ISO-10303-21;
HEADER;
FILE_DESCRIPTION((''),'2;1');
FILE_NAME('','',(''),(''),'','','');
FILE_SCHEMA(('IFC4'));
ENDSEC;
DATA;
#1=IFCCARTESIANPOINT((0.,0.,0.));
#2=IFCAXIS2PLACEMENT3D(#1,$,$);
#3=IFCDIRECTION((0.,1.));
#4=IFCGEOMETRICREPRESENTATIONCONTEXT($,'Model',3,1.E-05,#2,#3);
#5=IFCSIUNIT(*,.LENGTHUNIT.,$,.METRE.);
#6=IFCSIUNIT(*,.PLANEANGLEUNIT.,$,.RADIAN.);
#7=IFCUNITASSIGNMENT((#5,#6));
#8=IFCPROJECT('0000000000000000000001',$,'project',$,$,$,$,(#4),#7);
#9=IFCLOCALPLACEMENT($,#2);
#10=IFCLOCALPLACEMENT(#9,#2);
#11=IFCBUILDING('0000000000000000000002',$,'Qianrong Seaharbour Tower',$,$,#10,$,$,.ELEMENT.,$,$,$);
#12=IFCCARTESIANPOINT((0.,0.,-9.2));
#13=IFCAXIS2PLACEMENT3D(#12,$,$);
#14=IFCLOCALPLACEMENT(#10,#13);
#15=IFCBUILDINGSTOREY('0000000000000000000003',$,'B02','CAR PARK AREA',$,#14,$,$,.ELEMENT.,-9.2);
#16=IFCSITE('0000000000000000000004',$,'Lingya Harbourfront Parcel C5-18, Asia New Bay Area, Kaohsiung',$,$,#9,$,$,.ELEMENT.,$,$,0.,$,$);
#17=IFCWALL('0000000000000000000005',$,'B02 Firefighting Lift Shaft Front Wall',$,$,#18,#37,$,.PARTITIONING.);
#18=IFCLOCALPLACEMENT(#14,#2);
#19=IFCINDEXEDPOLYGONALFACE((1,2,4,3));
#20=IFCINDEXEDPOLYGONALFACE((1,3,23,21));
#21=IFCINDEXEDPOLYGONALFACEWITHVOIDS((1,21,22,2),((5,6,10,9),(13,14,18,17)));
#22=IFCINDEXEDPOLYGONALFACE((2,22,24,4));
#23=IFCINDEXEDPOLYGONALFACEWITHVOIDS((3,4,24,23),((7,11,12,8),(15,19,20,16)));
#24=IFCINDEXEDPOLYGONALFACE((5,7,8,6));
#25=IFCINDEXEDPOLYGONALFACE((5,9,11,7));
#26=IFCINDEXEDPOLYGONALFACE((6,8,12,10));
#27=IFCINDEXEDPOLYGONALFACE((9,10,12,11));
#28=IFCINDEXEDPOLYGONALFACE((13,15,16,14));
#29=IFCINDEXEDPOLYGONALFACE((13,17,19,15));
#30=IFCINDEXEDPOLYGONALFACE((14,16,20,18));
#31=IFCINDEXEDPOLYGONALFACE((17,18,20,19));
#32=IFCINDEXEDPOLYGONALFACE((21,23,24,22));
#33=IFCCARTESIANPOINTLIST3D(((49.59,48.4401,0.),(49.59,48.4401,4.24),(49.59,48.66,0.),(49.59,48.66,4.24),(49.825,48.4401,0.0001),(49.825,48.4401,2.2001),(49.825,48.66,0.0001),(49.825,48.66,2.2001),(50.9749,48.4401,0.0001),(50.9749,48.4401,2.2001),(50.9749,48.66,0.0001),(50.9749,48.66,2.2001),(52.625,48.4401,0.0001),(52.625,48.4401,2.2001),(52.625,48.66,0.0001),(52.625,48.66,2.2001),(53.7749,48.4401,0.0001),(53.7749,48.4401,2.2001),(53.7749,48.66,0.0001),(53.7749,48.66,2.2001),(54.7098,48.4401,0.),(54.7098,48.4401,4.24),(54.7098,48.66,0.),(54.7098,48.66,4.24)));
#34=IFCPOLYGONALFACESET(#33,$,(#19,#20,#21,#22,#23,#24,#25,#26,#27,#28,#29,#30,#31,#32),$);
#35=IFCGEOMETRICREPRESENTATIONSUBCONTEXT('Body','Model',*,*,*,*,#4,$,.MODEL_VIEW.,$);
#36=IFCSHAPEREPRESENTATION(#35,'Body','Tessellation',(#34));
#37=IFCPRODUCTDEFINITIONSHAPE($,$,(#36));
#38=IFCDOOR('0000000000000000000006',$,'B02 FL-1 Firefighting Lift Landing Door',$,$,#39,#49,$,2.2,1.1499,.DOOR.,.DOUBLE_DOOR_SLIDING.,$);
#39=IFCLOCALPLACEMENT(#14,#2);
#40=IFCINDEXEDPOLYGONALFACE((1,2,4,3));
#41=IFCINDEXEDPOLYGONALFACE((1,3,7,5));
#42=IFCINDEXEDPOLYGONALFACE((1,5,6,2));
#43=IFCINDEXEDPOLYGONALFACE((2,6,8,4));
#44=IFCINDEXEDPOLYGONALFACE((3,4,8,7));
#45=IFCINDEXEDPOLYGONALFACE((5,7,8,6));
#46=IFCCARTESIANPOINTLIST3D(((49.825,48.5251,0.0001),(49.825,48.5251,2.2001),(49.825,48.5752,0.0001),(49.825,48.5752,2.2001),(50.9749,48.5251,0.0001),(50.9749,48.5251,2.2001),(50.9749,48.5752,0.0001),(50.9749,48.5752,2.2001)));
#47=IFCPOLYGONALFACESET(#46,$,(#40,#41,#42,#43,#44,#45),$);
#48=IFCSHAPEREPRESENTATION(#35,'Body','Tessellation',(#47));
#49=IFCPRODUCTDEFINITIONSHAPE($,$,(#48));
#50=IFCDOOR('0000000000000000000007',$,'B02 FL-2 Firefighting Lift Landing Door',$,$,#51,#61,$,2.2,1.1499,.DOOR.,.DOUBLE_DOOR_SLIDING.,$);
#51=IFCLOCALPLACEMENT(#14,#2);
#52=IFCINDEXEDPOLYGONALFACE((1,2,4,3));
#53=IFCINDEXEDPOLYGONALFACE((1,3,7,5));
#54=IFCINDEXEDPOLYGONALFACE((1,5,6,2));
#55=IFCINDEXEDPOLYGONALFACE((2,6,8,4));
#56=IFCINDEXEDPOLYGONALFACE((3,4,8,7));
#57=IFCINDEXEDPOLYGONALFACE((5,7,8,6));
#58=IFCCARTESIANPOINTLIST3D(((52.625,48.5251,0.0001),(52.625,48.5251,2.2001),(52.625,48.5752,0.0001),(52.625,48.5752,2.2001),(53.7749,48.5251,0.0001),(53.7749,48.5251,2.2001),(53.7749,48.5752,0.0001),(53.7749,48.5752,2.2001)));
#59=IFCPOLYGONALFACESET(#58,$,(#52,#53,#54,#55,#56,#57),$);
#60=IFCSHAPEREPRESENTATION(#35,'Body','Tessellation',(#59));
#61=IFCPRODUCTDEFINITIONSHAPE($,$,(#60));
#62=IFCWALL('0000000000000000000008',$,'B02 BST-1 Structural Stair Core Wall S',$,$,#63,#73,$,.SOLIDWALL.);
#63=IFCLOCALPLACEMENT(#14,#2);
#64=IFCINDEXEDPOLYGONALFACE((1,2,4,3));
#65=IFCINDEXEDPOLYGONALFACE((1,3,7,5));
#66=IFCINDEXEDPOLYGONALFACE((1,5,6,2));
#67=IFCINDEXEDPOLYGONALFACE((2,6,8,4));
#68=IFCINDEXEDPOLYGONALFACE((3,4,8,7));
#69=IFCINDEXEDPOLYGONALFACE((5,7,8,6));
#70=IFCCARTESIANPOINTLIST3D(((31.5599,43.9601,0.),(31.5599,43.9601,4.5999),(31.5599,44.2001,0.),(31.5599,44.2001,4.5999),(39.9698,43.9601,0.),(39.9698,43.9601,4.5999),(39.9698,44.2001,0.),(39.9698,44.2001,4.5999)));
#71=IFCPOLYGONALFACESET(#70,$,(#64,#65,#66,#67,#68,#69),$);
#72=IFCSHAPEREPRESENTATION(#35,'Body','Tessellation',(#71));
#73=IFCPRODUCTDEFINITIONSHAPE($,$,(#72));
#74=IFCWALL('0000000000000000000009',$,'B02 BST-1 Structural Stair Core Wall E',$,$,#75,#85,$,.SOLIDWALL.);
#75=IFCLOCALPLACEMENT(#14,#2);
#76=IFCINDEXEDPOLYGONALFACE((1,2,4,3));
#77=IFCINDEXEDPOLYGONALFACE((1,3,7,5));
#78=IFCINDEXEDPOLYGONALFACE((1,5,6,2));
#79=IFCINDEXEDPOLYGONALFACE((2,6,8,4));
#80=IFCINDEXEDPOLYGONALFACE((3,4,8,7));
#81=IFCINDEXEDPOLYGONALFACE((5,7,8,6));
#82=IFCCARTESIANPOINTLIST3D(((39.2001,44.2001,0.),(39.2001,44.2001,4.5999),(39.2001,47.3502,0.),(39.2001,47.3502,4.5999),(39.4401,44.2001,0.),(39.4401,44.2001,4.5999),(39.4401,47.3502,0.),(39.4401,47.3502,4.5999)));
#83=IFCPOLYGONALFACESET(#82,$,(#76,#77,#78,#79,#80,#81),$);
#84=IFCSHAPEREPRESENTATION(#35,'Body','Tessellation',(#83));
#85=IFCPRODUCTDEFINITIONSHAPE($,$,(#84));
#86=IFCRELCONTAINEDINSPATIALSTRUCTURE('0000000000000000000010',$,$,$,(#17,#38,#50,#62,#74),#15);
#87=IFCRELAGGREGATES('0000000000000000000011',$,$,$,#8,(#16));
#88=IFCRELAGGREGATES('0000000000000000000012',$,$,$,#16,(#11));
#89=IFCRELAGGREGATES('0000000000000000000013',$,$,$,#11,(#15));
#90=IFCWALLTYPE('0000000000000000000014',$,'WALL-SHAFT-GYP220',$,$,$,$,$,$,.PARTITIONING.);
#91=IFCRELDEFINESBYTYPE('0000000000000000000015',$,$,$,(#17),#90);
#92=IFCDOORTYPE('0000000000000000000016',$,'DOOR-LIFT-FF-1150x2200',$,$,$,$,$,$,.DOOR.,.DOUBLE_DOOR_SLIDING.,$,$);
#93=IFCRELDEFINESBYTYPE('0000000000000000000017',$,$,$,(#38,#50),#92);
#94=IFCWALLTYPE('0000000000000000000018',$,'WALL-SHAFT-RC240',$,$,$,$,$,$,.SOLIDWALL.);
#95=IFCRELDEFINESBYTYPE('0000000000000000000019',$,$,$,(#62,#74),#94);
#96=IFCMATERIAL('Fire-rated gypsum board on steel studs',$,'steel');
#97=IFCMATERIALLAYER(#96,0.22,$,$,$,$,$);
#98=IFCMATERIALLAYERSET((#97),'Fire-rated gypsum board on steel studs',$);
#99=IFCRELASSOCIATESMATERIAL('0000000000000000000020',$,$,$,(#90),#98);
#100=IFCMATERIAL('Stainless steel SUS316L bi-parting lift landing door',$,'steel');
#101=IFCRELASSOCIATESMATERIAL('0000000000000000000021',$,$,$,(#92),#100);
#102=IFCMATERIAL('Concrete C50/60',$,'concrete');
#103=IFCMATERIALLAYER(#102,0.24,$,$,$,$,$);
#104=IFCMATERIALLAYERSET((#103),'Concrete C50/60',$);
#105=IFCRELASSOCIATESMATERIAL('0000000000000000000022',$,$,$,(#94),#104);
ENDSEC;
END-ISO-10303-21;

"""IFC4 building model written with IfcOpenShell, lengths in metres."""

from ifc_helpers import new_model, si_unit, direction, frame, frame_2d, origin, place, context, subcontext, project, spatial, rectangle, extrude, material, layer, layer_set, type_object, element, fill, save


model = new_model("IFC4")

# Units and contexts
model_context = context("Model", 3, precision=1e-05, world=origin(), true_north=direction((0.0, 1.0)))
body_context = subcontext(model_context, "Body", "Model", "MODEL_VIEW")
ifc_project = project(units=[si_unit("LENGTHUNIT", "METRE"), si_unit("PLANEANGLEUNIT", "RADIAN")], contexts=[model_context])

# Site, building, storey
site_placement = place(None, origin())
site = spatial("IfcSite", under=ifc_project, at=site_placement, Name="Lingya Harbourfront Parcel C5-18, Asia New Bay Area, Kaohsiung", CompositionType="ELEMENT", RefElevation=0.0)
building_placement = place(site_placement, origin())
building = spatial("IfcBuilding", under=site, at=building_placement, Name="Qianrong Seaharbour Tower", CompositionType="ELEMENT")
storey_placement = place(building_placement, frame((0.0, 0.0, -9.2)))
storey = spatial("IfcBuildingStorey", under=building, at=storey_placement, Name="B02", Description="CAR PARK AREA", CompositionType="ELEMENT", Elevation=-9.2)

# Shared definitions
ifc_material_1 = material(Name="Fire-rated gypsum board on steel studs", Category="steel")

# Wall, openings, doors
ifc_layer_1 = layer(ifc_material_1, 0.22)
ifc_layer_set_1 = layer_set([ifc_layer_1], Name="Fire-rated gypsum board on steel studs")
wall_type_1 = type_object("IfcWallType", Name="WALL-SHAFT-GYP220", PredefinedType="PARTITIONING", material=ifc_layer_set_1)
wall_1_placement = place(storey_placement, frame((54.71, 48.55, 0.0), z_axis=(0.0, 0.0, 1.0), x_axis=(-1.0, 0.0, 0.0)))
wall_1 = element("IfcWall", 1, at=wall_1_placement, inside=storey, type_object=wall_type_1, Name="B02 Firefighting Lift Shaft Front Wall", PredefinedType="PARTITIONING", context=body_context, shape_type="SweptSolid", body=[
    extrude(rectangle(XDim=5.1199, YDim=0.22, at=frame_2d((2.5601, 0.0))), origin(), (0.0, 0.0, 1.0), 4.24),
])
opening_1_placement = place(wall_1_placement, frame((3.7351, 0.0, 0.0)))
opening_1 = element("IfcOpeningElement", 2, at=opening_1_placement, cuts=wall_1, PredefinedType="OPENING", context=body_context, shape_type="SweptSolid", body=[
    extrude(rectangle(XDim=1.1499, YDim=2.2, at=frame_2d((0.575, 1.1001))), frame((0.0, 0.1201, 0.0), z_axis=(0.0, -1.0, 0.0), x_axis=(1.0, 0.0, 0.0)), (0.0, 0.0, 1.0), 0.24),
])
opening_2_placement = place(wall_1_placement, frame((0.9351, 0.0, 0.0)))
opening_2 = element("IfcOpeningElement", 3, at=opening_2_placement, cuts=wall_1, PredefinedType="OPENING", context=body_context, shape_type="SweptSolid", body=[
    extrude(rectangle(XDim=1.1499, YDim=2.2, at=frame_2d((0.575, 1.1001))), frame((0.0, 0.1201, 0.0), z_axis=(0.0, -1.0, 0.0), x_axis=(1.0, 0.0, 0.0)), (0.0, 0.0, 1.0), 0.24),
])
ifc_material_2 = material(Name="Stainless steel SUS316L bi-parting lift landing door", Category="steel")
door_type_1 = type_object("IfcDoorType", Name="DOOR-LIFT-FF-1150x2200", OperationType="DOUBLE_DOOR_SLIDING", PredefinedType="DOOR", material=ifc_material_2)
door_1_placement = place(opening_1_placement, origin())
door_1 = element("IfcDoor", 4, at=door_1_placement, inside=storey, type_object=door_type_1, Name="B02 FL-1 Firefighting Lift Landing Door", OperationType="DOUBLE_DOOR_SLIDING", OverallHeight=2.2, OverallWidth=1.1499, PredefinedType="DOOR", context=body_context, shape_type="SweptSolid", body=[
    extrude(rectangle(XDim=1.1499, YDim=2.2, at=frame_2d((0.575, 1.1001))), frame((0.0, 0.0249, 0.0), z_axis=(0.0, -1.0, 0.0), x_axis=(1.0, 0.0, 0.0)), (0.0, 0.0, 1.0), 0.05),
])
fill(opening_1, door_1)
door_2_placement = place(opening_2_placement, origin())
door_2 = element("IfcDoor", 5, at=door_2_placement, inside=storey, type_object=door_type_1, Name="B02 FL-2 Firefighting Lift Landing Door", OperationType="DOUBLE_DOOR_SLIDING", OverallHeight=2.2, OverallWidth=1.1499, PredefinedType="DOOR", context=body_context, shape_type="SweptSolid", body=[
    extrude(rectangle(XDim=1.1499, YDim=2.2, at=frame_2d((0.575, 1.1001))), frame((0.0, 0.0249, 0.0), z_axis=(0.0, -1.0, 0.0), x_axis=(1.0, 0.0, 0.0)), (0.0, 0.0, 1.0), 0.05),
])
fill(opening_2, door_2)

# Walls
ifc_material_3 = material(Name="Concrete C50/60", Category="concrete")
ifc_layer_2 = layer(ifc_material_3, 0.24)
ifc_layer_set_2 = layer_set([ifc_layer_2], Name="Concrete C50/60")
wall_type_2 = type_object("IfcWallType", Name="WALL-SHAFT-RC240", PredefinedType="SOLIDWALL", material=ifc_layer_set_2)
wall_2_placement = place(storey_placement, frame((39.97, 44.0801, 0.0), z_axis=(0.0, 0.0, 1.0), x_axis=(-1.0, 0.0, 0.0)))
element("IfcWall", 6, at=wall_2_placement, inside=storey, type_object=wall_type_2, Name="B02 BST-1 Structural Stair Core Wall S", PredefinedType="SOLIDWALL", context=body_context, shape_type="SweptSolid", body=[
    extrude(rectangle(XDim=8.4099, YDim=0.24, at=frame_2d((4.2051, 0.0))), origin(), (0.0, 0.0, 1.0), 4.5999),
])
wall_3_placement = place(storey_placement, frame((39.3201, 44.2, 0.0), z_axis=(0.0, 0.0, 1.0), x_axis=(0.0, 1.0, 0.0)))
element("IfcWall", 7, at=wall_3_placement, inside=storey, type_object=wall_type_2, Name="B02 BST-1 Structural Stair Core Wall E", PredefinedType="SOLIDWALL", context=body_context, shape_type="SweptSolid", body=[
    extrude(rectangle(XDim=3.1501, YDim=0.24, at=frame_2d((1.5752, 0.0))), origin(), (0.0, 0.0, 1.0), 4.5999),
])

save(model, "model.ifc")
